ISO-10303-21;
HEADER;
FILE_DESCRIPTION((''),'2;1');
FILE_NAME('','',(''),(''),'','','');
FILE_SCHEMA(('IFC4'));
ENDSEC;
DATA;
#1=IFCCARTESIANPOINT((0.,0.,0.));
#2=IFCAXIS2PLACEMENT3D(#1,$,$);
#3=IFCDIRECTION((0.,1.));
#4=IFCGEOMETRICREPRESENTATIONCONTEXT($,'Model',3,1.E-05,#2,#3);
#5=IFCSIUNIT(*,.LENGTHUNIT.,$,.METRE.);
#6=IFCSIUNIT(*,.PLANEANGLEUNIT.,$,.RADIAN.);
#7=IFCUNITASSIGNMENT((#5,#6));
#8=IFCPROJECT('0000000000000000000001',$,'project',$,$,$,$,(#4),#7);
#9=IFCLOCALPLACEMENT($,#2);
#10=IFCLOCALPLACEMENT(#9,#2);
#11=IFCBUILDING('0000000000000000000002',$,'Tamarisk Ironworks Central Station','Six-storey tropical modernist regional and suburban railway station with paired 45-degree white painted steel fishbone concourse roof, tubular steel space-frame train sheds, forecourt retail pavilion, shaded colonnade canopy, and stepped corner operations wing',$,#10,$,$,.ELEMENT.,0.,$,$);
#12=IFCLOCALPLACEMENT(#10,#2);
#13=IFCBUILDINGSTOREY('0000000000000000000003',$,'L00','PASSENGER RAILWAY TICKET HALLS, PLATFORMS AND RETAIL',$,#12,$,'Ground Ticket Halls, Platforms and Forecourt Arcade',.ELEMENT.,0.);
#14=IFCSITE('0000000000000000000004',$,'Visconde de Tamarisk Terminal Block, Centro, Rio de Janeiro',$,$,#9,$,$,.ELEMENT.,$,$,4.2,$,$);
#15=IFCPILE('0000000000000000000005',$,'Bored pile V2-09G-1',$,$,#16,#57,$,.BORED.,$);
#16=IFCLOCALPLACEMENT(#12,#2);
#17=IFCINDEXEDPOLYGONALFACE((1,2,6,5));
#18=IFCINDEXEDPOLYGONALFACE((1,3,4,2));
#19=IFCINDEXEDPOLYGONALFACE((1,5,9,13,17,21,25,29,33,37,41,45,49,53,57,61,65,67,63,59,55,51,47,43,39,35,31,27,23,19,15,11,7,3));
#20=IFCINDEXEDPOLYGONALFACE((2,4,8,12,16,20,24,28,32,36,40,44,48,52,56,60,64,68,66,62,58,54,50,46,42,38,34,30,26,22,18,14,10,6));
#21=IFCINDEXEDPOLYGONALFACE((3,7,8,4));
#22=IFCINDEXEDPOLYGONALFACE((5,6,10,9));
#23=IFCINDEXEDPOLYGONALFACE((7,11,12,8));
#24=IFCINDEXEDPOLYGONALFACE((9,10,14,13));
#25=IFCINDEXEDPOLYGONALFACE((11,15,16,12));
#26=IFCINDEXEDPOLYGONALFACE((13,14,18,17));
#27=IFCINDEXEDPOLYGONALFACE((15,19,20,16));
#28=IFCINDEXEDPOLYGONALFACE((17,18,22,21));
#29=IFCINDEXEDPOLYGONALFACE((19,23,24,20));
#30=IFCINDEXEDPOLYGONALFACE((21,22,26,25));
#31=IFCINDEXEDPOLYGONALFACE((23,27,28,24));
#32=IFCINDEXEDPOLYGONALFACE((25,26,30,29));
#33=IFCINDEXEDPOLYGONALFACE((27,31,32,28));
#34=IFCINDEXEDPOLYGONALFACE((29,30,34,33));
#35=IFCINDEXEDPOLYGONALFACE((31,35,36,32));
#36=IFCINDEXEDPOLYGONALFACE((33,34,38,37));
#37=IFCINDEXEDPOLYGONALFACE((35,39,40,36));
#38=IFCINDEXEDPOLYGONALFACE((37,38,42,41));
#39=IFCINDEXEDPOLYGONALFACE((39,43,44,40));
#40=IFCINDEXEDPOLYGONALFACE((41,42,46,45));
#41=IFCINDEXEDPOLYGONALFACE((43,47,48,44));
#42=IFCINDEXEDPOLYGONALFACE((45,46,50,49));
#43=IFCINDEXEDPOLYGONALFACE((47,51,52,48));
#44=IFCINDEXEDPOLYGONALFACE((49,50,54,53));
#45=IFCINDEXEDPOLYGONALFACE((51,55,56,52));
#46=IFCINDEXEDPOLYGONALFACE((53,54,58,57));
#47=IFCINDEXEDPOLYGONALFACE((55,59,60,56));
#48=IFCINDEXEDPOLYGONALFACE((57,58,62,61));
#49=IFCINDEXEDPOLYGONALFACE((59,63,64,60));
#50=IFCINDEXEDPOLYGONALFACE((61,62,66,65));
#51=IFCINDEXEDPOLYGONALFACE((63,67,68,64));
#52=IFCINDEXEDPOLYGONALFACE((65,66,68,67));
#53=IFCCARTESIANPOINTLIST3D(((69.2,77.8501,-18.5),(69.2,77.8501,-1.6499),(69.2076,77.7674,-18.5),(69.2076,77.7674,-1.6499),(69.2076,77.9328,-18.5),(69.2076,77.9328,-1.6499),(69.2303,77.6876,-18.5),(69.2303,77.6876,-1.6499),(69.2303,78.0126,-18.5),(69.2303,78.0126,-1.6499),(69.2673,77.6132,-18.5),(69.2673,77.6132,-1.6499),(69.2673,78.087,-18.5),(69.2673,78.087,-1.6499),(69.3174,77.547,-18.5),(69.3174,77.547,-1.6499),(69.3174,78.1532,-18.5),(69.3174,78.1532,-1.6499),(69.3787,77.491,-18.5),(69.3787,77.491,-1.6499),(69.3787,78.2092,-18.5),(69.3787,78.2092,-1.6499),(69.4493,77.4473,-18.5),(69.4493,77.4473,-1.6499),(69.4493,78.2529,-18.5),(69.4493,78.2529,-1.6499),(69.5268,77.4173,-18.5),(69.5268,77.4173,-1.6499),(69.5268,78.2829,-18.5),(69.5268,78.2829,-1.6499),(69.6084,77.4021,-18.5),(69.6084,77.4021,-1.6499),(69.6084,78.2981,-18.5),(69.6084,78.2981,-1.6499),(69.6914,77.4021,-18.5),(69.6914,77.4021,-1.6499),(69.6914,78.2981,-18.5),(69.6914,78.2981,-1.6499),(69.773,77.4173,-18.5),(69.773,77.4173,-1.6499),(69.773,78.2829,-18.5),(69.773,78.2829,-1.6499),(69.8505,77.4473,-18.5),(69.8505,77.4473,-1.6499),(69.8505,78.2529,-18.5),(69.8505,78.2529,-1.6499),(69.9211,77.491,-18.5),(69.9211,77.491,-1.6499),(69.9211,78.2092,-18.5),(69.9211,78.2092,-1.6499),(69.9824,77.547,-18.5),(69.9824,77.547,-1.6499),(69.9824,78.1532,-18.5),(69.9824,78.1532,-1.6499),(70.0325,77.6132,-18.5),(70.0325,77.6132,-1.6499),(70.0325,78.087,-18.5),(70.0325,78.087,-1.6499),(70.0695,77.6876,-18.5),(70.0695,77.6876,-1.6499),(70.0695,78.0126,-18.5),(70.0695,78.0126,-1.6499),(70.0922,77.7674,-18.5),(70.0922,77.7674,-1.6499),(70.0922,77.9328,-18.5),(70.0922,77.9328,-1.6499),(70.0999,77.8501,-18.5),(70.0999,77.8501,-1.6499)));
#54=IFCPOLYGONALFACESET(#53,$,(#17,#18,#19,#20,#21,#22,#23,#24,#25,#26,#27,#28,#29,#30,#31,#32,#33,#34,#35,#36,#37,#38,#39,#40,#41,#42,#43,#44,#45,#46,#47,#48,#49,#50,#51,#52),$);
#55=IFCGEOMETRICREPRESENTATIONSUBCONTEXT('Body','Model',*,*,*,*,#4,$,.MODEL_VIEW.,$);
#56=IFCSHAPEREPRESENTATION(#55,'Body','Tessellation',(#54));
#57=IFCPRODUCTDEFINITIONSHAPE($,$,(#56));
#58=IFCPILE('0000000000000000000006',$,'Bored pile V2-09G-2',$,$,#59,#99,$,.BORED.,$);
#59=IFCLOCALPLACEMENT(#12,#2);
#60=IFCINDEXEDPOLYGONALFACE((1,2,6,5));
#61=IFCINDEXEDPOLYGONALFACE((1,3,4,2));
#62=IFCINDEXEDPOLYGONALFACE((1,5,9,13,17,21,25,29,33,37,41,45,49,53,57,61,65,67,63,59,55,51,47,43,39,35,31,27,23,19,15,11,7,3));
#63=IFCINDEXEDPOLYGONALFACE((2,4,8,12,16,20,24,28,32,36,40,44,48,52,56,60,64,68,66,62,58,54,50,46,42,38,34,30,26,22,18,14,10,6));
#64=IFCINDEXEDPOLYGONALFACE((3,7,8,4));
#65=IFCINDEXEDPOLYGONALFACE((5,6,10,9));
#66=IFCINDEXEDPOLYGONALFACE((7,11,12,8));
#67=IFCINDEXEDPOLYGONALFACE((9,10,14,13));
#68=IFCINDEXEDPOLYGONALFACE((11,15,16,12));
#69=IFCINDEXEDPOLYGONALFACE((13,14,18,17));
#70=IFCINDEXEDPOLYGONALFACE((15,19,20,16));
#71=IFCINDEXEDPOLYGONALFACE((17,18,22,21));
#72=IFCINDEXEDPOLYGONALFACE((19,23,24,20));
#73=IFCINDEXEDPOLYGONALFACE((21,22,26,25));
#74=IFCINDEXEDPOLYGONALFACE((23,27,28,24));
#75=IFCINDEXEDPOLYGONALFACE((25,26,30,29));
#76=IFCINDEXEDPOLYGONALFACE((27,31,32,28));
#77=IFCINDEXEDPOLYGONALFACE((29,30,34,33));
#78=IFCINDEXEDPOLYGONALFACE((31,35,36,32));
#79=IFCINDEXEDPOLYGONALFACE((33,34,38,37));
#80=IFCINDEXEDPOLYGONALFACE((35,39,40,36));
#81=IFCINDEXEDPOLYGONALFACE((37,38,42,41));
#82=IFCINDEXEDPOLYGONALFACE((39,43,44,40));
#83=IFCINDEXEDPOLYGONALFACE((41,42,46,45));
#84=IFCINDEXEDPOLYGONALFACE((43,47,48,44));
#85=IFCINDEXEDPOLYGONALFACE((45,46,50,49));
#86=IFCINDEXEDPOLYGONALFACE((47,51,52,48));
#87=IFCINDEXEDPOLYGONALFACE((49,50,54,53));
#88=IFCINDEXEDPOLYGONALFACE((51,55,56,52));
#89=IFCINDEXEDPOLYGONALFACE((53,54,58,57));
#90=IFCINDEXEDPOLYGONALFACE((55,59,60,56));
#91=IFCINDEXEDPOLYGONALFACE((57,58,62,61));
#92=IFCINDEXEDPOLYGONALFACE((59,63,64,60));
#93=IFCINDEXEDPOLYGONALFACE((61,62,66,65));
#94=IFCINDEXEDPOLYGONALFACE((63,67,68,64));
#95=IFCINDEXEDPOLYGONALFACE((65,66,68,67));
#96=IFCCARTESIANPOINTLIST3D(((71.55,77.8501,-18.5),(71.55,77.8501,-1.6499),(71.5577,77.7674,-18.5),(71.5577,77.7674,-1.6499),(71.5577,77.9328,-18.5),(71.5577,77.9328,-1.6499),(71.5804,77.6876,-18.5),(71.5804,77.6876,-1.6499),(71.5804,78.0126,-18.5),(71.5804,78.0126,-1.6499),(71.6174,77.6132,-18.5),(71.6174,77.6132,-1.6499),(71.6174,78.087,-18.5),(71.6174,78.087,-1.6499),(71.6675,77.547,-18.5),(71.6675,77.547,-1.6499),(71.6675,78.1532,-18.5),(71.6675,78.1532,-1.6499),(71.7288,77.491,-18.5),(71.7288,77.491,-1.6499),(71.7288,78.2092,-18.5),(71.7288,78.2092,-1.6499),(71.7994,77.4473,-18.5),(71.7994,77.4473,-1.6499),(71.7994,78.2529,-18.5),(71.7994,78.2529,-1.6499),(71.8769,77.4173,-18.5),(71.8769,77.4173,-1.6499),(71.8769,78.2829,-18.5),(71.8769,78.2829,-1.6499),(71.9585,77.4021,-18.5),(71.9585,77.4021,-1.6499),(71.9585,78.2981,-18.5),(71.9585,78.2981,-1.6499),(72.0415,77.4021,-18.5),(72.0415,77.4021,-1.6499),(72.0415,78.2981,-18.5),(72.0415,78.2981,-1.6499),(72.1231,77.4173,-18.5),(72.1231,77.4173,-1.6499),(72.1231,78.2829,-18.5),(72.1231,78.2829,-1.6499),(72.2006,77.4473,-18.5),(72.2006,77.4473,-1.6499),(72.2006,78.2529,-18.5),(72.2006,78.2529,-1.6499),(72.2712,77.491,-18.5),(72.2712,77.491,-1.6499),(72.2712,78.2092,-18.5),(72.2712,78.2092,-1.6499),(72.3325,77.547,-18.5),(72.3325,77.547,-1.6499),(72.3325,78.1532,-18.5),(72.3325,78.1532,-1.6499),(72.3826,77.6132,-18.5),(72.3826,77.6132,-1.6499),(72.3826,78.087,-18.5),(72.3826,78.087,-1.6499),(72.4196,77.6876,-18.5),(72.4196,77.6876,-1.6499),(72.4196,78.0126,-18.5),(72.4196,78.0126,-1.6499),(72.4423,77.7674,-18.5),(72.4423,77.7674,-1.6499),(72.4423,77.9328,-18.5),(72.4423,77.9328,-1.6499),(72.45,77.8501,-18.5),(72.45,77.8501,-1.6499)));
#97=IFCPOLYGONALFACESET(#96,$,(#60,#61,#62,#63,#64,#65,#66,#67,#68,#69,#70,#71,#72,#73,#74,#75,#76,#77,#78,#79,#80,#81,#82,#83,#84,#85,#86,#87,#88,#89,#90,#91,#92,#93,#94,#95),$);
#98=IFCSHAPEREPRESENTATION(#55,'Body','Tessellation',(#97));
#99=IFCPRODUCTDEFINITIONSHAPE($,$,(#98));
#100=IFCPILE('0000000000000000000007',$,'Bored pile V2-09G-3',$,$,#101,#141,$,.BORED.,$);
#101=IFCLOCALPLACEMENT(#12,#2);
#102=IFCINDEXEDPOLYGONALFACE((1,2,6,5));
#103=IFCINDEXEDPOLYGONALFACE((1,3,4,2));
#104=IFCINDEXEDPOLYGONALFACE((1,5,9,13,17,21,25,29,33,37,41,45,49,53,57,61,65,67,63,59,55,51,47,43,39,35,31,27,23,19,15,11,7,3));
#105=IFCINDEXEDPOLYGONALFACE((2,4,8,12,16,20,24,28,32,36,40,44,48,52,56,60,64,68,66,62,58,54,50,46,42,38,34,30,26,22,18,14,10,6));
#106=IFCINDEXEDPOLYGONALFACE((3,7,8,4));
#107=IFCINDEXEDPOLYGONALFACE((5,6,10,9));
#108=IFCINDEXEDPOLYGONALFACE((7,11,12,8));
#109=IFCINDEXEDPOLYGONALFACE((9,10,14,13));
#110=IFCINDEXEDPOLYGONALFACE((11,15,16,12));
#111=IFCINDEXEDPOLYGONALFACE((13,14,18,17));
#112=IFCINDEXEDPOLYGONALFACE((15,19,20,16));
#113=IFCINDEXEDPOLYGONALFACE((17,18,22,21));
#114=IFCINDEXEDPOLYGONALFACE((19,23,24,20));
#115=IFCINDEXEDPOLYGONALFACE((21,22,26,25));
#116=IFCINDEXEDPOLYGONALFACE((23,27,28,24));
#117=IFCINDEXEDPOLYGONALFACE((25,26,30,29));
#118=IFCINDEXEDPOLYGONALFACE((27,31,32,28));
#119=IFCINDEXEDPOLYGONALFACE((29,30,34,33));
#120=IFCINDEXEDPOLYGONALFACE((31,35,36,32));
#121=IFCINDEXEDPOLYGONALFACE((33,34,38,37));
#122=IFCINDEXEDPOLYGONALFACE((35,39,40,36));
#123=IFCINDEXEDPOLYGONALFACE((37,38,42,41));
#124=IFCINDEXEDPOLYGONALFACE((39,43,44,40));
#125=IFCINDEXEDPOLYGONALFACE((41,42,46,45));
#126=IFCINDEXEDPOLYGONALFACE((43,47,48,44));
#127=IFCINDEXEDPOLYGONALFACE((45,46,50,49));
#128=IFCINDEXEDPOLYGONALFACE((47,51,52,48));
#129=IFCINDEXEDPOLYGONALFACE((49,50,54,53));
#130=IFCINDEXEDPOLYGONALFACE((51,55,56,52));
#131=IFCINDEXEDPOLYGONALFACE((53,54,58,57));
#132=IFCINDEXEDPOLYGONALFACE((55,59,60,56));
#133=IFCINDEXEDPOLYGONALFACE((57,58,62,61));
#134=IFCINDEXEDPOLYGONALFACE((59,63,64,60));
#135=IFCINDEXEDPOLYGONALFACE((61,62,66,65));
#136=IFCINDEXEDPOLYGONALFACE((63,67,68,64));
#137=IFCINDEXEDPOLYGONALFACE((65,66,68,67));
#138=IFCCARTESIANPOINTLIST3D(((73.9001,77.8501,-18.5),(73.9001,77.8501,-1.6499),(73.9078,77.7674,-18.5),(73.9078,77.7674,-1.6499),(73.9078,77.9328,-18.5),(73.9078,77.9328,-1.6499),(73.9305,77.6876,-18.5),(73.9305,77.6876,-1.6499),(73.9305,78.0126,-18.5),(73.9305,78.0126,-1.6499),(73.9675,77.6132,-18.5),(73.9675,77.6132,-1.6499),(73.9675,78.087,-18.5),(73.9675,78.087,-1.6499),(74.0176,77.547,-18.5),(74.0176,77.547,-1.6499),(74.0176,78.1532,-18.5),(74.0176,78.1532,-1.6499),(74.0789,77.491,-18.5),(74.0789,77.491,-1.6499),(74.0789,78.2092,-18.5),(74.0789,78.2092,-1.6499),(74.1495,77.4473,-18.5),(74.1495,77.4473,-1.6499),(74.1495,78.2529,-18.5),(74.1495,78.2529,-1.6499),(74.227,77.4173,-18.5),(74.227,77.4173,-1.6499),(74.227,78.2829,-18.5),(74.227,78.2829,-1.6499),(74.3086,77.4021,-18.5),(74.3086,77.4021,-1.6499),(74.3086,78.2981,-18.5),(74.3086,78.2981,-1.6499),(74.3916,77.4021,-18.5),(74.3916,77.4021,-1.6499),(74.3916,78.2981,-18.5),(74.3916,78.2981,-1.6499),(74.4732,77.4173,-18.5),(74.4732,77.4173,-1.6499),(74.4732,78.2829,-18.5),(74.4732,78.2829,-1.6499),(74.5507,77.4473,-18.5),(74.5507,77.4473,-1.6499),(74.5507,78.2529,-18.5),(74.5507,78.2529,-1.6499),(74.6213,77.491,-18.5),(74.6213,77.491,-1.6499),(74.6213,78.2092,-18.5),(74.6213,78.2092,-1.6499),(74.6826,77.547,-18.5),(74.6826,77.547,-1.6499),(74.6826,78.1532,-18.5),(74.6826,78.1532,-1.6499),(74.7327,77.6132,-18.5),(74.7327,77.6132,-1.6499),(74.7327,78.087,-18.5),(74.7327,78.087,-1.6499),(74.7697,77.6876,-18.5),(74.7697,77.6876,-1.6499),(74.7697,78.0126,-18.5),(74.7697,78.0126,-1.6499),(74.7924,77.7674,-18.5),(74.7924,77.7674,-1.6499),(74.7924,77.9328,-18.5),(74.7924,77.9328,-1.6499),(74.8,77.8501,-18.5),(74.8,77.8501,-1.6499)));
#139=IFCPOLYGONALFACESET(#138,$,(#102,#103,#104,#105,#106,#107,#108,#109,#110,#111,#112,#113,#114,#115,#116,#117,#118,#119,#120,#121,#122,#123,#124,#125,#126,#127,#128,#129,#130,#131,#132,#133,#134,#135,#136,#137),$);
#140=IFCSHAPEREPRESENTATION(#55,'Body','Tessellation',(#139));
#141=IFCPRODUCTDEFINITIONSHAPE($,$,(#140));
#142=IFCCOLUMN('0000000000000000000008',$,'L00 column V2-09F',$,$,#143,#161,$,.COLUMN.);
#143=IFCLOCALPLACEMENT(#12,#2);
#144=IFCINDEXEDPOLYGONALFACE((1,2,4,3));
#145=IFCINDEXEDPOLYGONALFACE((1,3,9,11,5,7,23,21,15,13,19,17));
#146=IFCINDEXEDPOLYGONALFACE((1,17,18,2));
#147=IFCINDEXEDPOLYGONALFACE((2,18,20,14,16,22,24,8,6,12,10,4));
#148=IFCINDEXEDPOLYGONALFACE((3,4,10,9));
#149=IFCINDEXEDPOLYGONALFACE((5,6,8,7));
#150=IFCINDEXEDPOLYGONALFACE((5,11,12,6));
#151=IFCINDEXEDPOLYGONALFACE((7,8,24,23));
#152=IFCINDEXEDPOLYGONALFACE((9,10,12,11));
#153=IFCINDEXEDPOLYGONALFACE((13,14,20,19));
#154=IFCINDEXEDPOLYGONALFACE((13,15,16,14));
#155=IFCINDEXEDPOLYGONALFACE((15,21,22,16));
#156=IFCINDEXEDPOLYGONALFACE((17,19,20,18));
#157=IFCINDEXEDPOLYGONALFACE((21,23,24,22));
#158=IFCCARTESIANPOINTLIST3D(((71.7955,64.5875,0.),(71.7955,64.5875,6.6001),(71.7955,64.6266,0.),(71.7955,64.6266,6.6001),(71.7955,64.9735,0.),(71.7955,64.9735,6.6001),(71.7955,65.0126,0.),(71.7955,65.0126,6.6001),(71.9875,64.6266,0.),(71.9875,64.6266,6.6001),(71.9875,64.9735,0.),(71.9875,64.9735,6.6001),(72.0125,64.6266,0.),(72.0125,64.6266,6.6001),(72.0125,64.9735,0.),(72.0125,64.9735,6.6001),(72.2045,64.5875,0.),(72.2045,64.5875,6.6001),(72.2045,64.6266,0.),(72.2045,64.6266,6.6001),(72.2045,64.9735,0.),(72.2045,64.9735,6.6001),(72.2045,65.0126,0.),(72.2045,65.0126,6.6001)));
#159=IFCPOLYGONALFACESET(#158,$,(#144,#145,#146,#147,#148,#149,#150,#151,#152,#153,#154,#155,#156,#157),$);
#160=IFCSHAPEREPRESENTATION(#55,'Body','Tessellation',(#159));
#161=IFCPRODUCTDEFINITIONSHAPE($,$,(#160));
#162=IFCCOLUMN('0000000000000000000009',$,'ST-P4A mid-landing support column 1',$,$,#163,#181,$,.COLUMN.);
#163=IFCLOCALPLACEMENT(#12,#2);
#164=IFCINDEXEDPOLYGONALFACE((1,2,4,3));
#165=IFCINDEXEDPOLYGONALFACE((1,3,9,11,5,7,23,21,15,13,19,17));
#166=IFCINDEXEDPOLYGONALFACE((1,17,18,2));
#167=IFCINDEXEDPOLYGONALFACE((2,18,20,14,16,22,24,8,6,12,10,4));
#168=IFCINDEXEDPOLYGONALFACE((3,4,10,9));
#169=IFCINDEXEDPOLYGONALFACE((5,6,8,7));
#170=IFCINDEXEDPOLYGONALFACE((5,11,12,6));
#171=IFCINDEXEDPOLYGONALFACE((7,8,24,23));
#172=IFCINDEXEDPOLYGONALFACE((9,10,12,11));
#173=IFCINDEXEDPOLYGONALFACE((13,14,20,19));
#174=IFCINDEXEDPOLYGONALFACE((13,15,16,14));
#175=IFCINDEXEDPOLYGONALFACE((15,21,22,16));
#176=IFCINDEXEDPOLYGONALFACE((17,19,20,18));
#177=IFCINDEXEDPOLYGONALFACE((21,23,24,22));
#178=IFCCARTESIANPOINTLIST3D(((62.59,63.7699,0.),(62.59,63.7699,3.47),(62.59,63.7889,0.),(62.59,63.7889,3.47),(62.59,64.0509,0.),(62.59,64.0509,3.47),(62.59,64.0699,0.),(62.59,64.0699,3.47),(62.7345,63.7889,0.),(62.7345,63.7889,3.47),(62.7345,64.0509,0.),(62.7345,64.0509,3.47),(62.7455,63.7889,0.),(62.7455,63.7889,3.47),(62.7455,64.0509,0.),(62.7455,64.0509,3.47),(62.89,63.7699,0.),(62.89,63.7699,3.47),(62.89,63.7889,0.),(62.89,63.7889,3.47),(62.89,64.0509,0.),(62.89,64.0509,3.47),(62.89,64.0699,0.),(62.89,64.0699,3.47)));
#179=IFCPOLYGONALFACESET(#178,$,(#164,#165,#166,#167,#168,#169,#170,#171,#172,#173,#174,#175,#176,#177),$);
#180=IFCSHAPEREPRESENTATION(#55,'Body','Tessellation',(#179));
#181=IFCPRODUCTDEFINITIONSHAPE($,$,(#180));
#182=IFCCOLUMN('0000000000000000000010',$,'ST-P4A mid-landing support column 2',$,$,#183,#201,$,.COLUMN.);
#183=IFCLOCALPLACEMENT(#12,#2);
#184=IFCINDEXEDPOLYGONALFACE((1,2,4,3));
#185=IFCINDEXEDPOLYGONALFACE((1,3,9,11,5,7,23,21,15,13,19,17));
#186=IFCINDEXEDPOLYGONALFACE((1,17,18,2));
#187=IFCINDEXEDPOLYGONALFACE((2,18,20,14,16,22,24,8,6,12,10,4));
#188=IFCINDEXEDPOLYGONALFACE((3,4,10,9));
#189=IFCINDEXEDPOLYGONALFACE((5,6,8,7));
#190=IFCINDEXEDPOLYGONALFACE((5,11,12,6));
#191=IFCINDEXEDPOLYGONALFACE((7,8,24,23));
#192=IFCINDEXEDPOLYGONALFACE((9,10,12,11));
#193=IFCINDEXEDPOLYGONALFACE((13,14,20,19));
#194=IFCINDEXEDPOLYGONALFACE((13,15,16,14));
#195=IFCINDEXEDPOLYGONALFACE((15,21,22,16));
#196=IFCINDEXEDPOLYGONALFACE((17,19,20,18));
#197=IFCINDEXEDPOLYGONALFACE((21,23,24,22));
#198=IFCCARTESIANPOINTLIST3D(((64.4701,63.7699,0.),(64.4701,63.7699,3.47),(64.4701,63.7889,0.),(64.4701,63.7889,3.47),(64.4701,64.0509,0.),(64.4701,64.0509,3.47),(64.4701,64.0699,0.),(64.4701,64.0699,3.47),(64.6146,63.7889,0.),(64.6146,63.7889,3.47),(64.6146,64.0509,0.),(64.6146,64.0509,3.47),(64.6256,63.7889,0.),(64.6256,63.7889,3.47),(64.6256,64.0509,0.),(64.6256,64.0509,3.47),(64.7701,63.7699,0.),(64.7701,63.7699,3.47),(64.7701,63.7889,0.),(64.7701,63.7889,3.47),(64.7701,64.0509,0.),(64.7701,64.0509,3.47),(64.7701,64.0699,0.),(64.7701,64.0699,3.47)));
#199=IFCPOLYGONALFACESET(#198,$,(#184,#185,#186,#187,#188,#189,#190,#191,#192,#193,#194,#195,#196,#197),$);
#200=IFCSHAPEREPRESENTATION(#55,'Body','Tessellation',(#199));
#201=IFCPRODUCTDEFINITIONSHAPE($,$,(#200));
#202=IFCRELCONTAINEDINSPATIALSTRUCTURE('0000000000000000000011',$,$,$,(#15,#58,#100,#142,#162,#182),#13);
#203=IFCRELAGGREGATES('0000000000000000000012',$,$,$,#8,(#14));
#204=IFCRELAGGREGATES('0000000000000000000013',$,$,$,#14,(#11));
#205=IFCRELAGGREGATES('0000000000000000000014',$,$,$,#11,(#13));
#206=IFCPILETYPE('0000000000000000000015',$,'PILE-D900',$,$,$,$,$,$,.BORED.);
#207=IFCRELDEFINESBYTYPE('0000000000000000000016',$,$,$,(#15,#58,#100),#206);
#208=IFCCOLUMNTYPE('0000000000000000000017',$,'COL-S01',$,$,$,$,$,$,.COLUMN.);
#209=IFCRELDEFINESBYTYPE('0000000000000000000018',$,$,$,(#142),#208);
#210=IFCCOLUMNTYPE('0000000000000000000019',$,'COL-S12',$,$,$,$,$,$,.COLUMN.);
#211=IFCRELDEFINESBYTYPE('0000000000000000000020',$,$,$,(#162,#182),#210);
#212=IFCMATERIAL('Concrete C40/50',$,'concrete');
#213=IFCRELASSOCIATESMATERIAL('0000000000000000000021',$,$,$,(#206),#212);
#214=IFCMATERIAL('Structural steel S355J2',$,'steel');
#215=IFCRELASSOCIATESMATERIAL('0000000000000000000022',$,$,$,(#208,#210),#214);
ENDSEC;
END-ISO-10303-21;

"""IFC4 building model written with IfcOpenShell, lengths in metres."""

from ifc_helpers import new_model, si_unit, direction, frame, origin, origin_2d, place, context, subcontext, project, spatial, circle, i_section, extrude, material, material_profile, profile_set, type_object, element, save


model = new_model("IFC4")

# Units and contexts
model_context = context("Model", 3, precision=1e-05, world=origin(), true_north=direction((0.0, 1.0)))
body_context = subcontext(model_context, "Body", "Model", "MODEL_VIEW")
ifc_project = project(units=[si_unit("LENGTHUNIT", "METRE"), si_unit("PLANEANGLEUNIT", "RADIAN")], contexts=[model_context])

# Site, building, storey
site_placement = place(None, origin())
site = spatial("IfcSite", under=ifc_project, at=site_placement, Name="Visconde de Tamarisk Terminal Block, Centro, Rio de Janeiro", CompositionType="ELEMENT", RefElevation=4.2)
building_placement = place(site_placement, origin())
building = spatial("IfcBuilding", under=site, at=building_placement, Name="Tamarisk Ironworks Central Station", Description="Six-storey tropical modernist regional and suburban railway station with paired 45-degree white painted steel fishbone concourse roof, tubular steel space-frame train sheds, forecourt retail pavilion, shaded colonnade canopy, and stepped corner operations wing", CompositionType="ELEMENT", ElevationOfRefHeight=0.0)
storey_placement = place(building_placement, origin())
storey = spatial("IfcBuildingStorey", under=building, at=storey_placement, Name="L00", Description="PASSENGER RAILWAY TICKET HALLS, PLATFORMS AND RETAIL", LongName="Ground Ticket Halls, Platforms and Forecourt Arcade", CompositionType="ELEMENT", Elevation=0.0)

# Shared definitions
ifc_material_1 = material(Name="Concrete C40/50", Category="concrete")

# Piles
ifc_material_profile_1 = material_profile(ifc_material_1, circle(Radius=0.45, at=origin_2d()), Name="BORED PILE D900")
ifc_profile_set_1 = profile_set([ifc_material_profile_1], Name="Concrete C40/50")
pile_type_1 = type_object("IfcPileType", Name="PILE-D900", PredefinedType="BORED", material=ifc_profile_set_1)
for number, where, z_axis, x_axis, name in (
    (1, (69.6499, 77.8501, -1.6499), (0.0, 0.0, -1.0), (1.0, 0.0, 0.0), "Bored pile V2-09G-1"),
    (2, (72.0, 77.8501, -1.6499), (0.0, 0.0, -1.0), (1.0, 0.0, 0.0), "Bored pile V2-09G-2"),
    (3, (74.3501, 77.8501, -1.6499), (0.0, 0.0, -1.0), (1.0, 0.0, 0.0), "Bored pile V2-09G-3"),
):
    element("IfcPile", number, at=place(storey_placement, frame(where, z_axis=z_axis, x_axis=x_axis)), inside=storey, type_object=pile_type_1, Name=name, PredefinedType="BORED", context=body_context, shape_type="SweptSolid", body=[
        extrude(circle(Radius=0.45, at=origin_2d()), origin(), (0.0, 0.0, 1.0), 16.8501),
    ])

# Columns
ifc_material_2 = material(Name="Structural steel S355J2", Category="steel")
ifc_material_profile_2 = material_profile(ifc_material_2, i_section(OverallWidth=0.4089, OverallDepth=0.425, WebThickness=0.0249, FlangeThickness=0.0391, at=origin_2d()), Name="HD 400x421")
ifc_profile_set_2 = profile_set([ifc_material_profile_2], Name="Structural steel S355J2")
column_type_1 = type_object("IfcColumnType", Name="COL-S01", PredefinedType="COLUMN", material=ifc_profile_set_2)
column_placement = place(storey_placement, frame((72.0, 64.8, 0.0), z_axis=(0.0, 0.0, 1.0), x_axis=(1.0, 0.0, 0.0)))
element("IfcColumn", 4, at=column_placement, inside=storey, type_object=column_type_1, Name="L00 column V2-09F", PredefinedType="COLUMN", context=body_context, shape_type="SweptSolid", body=[
    extrude(i_section(OverallWidth=0.4089, OverallDepth=0.425, WebThickness=0.0249, FlangeThickness=0.0391, at=origin_2d()), origin(), (0.0, 0.0, 1.0), 6.6001),
])
ifc_material_profile_3 = material_profile(ifc_material_2, i_section(OverallWidth=0.3, OverallDepth=0.3, WebThickness=0.011, FlangeThickness=0.019, at=origin_2d()), Name="HEB 300")
ifc_profile_set_3 = profile_set([ifc_material_profile_3], Name="Structural steel S355J2")
column_type_2 = type_object("IfcColumnType", Name="COL-S12", PredefinedType="COLUMN", material=ifc_profile_set_3)
for number, where, z_axis, x_axis, name in (
    (5, (62.74, 63.9199, 0.0), (0.0, 0.0, 1.0), (1.0, 0.0, 0.0), "ST-P4A mid-landing support column 1"),
    (6, (64.6201, 63.9199, 0.0), (0.0, 0.0, 1.0), (1.0, 0.0, 0.0), "ST-P4A mid-landing support column 2"),
):
    element("IfcColumn", number, at=place(storey_placement, frame(where, z_axis=z_axis, x_axis=x_axis)), inside=storey, type_object=column_type_2, Name=name, PredefinedType="COLUMN", context=body_context, shape_type="SweptSolid", body=[
        extrude(i_section(OverallWidth=0.3, OverallDepth=0.3, WebThickness=0.011, FlangeThickness=0.019, at=origin_2d()), origin(), (0.0, 0.0, 1.0), 3.47),
    ])

save(model, "model.ifc")
